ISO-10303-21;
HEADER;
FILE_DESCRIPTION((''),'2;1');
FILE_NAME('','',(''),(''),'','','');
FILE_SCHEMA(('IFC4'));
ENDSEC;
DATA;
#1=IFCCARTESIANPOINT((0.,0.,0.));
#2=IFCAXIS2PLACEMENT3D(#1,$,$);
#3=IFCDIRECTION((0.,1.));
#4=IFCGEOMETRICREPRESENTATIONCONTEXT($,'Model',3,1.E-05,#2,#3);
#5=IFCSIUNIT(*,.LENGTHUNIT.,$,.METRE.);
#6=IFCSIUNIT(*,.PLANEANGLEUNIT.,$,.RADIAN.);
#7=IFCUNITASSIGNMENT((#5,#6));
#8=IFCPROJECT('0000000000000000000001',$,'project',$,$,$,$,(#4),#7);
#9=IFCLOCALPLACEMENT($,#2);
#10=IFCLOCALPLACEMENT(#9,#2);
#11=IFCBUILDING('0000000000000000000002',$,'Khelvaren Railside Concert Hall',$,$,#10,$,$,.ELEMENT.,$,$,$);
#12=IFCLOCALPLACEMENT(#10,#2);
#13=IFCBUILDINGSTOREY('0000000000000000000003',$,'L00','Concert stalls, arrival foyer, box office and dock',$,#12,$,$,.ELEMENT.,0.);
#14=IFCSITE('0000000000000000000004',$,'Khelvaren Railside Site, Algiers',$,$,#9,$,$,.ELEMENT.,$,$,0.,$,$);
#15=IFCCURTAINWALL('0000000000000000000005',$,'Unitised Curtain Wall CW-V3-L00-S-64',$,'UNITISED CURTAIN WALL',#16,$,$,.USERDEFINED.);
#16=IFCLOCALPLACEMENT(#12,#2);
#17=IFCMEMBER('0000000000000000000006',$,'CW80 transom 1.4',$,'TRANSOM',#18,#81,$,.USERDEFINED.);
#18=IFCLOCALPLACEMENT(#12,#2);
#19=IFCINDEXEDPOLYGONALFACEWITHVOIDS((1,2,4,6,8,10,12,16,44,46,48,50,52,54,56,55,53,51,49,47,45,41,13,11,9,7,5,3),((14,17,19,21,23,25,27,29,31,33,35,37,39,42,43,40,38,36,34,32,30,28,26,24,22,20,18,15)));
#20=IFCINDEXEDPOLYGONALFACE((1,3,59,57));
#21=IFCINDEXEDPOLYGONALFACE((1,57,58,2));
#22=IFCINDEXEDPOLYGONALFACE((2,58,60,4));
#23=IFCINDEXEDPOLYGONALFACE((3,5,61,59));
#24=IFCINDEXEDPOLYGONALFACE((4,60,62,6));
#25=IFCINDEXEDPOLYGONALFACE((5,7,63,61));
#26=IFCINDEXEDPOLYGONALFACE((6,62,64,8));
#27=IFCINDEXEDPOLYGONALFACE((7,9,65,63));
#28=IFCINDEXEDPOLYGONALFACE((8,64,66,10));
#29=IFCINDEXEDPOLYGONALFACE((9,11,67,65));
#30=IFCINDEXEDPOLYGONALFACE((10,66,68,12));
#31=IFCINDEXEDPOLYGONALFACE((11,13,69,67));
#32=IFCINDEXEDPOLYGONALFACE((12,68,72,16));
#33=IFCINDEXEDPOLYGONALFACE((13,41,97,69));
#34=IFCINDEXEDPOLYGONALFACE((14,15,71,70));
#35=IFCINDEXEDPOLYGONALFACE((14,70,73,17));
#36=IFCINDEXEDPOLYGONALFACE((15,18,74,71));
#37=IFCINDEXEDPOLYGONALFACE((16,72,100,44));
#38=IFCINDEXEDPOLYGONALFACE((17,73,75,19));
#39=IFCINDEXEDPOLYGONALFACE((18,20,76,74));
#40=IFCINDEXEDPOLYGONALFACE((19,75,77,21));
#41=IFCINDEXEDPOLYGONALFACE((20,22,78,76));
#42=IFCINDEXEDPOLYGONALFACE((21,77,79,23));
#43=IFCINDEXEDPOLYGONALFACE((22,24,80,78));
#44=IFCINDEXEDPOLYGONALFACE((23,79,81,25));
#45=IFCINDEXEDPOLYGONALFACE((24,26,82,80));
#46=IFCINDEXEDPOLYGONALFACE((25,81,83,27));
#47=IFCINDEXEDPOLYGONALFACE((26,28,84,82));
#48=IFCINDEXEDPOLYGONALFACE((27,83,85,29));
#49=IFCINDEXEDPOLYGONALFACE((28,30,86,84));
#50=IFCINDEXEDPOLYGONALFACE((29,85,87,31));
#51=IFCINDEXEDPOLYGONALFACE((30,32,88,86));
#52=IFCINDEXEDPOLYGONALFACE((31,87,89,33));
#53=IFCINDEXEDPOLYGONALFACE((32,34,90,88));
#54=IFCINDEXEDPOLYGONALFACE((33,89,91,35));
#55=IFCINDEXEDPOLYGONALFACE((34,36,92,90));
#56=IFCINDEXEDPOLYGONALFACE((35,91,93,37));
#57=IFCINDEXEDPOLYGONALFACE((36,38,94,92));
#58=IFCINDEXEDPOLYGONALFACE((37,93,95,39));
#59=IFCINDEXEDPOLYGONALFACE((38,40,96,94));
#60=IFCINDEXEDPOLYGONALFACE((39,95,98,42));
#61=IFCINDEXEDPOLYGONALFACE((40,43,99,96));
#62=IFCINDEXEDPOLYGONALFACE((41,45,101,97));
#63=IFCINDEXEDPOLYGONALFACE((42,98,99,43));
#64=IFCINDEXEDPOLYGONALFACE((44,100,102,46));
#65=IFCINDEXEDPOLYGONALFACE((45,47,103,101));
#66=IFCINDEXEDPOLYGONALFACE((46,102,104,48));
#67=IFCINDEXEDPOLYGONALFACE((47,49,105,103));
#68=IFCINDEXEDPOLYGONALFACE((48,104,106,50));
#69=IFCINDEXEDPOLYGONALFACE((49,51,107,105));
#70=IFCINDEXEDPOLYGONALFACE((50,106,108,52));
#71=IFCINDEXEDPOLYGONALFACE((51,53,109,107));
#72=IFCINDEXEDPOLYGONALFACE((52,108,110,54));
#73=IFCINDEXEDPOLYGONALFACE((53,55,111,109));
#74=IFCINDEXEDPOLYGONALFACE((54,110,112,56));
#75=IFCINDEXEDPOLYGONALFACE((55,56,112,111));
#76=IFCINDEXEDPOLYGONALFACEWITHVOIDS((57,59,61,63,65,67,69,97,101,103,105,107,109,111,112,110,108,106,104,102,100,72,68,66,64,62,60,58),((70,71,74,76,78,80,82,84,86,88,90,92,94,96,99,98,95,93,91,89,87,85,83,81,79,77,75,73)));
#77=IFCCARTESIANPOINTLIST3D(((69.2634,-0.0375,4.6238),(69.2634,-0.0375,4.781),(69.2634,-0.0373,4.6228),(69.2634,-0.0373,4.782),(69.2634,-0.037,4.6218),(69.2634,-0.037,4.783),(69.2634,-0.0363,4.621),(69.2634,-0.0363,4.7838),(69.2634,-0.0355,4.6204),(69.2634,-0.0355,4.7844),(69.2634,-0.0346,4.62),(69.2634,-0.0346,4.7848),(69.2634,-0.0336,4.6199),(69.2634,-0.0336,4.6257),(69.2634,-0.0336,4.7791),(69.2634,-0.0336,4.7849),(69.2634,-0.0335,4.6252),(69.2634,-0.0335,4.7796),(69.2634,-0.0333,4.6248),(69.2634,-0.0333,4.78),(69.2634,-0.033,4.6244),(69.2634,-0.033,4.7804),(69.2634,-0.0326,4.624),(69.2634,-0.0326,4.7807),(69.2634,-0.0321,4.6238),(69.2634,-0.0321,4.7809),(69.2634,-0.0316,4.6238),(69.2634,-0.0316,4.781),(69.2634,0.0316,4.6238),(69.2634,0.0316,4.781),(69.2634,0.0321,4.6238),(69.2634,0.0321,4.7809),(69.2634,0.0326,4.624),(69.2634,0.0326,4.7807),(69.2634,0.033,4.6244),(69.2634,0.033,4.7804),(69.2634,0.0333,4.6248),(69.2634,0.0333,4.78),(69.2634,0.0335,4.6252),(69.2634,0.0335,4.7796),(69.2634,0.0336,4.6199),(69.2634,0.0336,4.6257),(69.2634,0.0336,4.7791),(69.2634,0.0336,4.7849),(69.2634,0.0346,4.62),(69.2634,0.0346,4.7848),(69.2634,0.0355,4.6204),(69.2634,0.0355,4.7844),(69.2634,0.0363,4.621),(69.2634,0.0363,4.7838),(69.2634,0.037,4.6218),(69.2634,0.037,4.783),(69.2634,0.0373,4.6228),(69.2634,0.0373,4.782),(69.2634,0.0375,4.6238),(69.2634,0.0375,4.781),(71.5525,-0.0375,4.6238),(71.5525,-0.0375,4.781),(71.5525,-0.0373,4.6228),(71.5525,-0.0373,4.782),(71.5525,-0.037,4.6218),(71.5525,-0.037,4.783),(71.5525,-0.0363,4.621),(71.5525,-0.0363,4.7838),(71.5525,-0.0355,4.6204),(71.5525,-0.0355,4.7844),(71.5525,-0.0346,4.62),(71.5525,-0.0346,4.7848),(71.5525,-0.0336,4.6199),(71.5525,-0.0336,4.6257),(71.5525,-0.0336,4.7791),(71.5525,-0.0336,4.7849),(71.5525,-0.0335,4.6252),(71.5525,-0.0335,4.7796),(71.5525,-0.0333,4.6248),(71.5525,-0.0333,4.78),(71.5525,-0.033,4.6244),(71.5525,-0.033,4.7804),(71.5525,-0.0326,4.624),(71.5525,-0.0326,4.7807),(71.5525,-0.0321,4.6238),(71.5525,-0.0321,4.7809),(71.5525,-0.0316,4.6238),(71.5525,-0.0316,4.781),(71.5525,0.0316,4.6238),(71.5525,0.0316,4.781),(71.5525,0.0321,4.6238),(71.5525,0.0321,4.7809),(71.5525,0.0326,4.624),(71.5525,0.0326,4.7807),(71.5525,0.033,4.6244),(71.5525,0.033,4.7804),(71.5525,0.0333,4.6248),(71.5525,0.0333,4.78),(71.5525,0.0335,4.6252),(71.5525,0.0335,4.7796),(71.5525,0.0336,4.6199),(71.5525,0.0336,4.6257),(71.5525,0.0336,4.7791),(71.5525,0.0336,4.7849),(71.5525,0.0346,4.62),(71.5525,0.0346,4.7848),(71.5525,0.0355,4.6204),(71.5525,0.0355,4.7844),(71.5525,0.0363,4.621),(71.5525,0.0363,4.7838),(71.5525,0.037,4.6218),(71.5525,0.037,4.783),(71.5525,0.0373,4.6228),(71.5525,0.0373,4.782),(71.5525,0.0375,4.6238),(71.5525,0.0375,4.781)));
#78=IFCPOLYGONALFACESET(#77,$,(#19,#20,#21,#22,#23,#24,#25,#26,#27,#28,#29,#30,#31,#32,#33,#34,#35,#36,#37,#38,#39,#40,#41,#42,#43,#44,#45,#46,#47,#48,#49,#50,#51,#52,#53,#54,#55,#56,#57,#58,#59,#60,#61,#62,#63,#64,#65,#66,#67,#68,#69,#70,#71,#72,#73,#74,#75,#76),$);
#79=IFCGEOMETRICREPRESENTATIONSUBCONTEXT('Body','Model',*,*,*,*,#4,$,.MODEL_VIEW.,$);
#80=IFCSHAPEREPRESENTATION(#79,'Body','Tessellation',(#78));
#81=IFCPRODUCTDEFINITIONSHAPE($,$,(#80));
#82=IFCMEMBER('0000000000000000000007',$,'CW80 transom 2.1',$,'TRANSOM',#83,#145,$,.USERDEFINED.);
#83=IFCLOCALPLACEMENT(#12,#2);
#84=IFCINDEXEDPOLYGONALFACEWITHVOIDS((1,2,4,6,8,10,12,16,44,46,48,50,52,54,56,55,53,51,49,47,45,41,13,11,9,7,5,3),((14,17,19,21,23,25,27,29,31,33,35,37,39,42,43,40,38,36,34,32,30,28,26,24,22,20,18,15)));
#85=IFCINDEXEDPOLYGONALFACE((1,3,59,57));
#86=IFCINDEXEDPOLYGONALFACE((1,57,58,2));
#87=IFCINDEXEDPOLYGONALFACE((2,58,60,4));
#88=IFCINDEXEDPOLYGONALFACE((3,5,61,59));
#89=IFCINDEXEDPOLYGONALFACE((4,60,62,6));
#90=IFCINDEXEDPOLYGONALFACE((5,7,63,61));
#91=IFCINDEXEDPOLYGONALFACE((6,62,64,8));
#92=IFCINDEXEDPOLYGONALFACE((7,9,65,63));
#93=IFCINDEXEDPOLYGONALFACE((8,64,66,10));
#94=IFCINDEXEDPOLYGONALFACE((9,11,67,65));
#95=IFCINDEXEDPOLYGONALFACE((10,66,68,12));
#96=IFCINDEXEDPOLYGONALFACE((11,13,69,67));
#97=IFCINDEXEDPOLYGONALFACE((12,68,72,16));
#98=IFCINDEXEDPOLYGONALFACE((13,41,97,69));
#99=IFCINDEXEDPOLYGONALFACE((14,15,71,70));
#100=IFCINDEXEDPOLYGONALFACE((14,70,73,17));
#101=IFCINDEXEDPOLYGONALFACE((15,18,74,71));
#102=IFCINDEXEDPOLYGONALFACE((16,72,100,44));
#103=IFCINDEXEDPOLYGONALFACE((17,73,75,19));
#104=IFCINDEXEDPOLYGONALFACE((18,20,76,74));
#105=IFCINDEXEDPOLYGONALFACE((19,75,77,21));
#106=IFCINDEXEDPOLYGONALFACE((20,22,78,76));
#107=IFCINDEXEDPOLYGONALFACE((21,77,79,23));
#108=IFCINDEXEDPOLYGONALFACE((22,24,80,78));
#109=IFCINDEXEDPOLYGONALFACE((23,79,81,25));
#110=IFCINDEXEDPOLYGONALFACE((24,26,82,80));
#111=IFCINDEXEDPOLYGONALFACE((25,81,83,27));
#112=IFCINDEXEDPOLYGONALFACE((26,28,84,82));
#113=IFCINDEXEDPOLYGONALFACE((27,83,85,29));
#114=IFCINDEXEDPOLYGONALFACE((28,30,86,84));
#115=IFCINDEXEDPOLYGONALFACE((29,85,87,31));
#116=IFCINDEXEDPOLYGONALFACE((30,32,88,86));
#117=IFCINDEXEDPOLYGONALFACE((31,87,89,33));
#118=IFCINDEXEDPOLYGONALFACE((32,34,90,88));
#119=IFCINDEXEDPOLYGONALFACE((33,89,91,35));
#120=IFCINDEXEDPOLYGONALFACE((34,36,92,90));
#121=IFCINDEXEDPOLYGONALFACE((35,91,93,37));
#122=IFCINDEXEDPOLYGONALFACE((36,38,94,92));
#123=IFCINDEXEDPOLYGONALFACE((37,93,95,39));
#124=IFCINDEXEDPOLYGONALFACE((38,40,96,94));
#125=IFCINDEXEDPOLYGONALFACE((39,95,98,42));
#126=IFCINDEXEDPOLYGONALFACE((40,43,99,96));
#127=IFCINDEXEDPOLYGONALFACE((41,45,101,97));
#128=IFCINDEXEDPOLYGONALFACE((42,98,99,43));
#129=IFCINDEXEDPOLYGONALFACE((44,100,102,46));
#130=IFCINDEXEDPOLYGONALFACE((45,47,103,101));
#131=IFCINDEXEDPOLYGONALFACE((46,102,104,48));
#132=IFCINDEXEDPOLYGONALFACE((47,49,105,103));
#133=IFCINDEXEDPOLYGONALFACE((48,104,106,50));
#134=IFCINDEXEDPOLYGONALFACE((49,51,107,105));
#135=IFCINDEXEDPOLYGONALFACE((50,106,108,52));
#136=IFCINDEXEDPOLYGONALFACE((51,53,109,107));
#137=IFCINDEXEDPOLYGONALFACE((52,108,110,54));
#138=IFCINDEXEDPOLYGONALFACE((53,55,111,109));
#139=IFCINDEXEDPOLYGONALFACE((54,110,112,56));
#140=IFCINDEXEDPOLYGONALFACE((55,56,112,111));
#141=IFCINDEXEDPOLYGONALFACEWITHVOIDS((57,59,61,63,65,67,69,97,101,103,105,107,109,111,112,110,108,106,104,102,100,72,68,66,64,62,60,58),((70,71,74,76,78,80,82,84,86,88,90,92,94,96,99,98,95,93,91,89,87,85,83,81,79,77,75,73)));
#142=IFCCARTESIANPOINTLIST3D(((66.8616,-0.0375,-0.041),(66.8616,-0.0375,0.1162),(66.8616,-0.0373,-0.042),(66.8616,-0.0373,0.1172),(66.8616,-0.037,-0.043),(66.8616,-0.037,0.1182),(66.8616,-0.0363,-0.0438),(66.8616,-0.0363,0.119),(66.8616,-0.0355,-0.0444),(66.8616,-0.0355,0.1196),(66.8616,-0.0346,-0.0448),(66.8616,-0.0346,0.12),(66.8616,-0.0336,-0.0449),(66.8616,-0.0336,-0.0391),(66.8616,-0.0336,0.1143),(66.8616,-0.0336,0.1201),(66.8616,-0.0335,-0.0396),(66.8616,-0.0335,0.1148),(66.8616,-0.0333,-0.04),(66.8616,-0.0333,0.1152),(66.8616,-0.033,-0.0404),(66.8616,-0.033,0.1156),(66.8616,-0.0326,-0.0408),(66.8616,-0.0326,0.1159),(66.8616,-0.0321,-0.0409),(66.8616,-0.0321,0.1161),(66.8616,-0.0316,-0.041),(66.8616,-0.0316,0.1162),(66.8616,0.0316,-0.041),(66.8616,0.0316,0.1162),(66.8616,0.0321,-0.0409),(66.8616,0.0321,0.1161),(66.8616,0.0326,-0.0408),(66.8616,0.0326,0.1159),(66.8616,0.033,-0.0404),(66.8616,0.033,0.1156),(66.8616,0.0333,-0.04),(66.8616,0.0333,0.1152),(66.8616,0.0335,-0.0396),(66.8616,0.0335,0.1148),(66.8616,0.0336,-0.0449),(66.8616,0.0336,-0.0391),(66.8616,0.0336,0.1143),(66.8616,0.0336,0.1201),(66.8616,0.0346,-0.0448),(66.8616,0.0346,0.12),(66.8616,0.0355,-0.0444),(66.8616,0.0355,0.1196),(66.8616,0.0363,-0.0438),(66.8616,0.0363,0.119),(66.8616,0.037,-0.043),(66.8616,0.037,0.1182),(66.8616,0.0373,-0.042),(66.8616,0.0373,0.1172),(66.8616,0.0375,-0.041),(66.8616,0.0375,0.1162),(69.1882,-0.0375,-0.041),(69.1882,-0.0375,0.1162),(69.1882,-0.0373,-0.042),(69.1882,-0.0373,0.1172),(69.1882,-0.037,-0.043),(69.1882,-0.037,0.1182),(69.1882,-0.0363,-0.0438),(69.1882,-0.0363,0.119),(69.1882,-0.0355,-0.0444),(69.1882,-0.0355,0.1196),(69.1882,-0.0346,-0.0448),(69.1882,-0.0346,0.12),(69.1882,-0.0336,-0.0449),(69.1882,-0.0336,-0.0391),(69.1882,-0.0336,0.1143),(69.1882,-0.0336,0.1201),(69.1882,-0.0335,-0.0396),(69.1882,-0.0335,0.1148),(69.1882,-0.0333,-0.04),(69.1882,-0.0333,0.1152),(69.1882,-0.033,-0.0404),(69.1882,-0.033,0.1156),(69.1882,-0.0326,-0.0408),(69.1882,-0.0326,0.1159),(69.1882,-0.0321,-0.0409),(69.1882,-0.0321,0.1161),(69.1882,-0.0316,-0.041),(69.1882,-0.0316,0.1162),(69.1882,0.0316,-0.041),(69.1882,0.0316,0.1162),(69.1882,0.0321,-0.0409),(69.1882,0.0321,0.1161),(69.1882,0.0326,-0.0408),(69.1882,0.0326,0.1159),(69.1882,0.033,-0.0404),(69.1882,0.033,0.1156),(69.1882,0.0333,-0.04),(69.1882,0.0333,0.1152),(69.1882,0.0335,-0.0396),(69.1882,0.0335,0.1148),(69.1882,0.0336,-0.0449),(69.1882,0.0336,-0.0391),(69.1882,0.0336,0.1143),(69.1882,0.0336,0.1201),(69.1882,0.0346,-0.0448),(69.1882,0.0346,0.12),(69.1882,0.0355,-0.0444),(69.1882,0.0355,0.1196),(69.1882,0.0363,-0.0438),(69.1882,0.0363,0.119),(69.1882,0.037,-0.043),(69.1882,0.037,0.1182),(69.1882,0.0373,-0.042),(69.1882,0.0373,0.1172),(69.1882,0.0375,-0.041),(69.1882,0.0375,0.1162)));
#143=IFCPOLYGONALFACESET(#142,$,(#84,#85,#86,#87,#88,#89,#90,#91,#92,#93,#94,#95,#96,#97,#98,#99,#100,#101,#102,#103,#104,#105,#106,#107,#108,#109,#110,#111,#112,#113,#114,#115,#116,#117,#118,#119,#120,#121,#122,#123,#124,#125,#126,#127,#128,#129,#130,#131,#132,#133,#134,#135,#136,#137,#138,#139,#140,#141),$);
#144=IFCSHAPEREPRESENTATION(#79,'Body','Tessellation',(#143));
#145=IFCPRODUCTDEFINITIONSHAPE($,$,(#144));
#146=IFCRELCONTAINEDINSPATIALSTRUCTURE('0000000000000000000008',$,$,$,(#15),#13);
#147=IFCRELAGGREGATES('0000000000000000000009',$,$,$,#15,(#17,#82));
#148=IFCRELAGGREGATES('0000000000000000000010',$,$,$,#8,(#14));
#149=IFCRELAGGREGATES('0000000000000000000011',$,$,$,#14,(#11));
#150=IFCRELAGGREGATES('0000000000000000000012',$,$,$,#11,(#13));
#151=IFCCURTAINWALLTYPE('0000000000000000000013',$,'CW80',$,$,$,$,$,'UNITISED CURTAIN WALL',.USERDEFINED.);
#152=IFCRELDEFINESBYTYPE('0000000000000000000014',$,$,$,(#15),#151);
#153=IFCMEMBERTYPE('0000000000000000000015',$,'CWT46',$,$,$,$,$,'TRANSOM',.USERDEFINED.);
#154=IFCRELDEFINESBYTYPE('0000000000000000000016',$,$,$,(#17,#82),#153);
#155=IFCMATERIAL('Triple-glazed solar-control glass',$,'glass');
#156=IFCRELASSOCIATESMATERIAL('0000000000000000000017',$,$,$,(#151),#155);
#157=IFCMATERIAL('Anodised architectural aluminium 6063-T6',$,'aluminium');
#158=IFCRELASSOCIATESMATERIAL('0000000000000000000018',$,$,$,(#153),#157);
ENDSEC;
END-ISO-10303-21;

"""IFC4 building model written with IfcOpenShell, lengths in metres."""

from ifc_helpers import new_model, si_unit, direction, frame, origin, origin_2d, place, context, subcontext, project, spatial, hollow_rectangle, extrude, material, material_profile, profile_set, type_object, element, aggregate, save


model = new_model("IFC4")

# Units and contexts
model_context = context("Model", 3, precision=1e-05, world=origin(), true_north=direction((0.0, 1.0)))
body_context = subcontext(model_context, "Body", "Model", "MODEL_VIEW")
ifc_project = project(units=[si_unit("LENGTHUNIT", "METRE"), si_unit("PLANEANGLEUNIT", "RADIAN")], contexts=[model_context])

# Site, building, storey
site_placement = place(None, origin())
site = spatial("IfcSite", under=ifc_project, at=site_placement, Name="Khelvaren Railside Site, Algiers", CompositionType="ELEMENT", RefElevation=0.0)
building_placement = place(site_placement, origin())
building = spatial("IfcBuilding", under=site, at=building_placement, Name="Khelvaren Railside Concert Hall", CompositionType="ELEMENT")
storey_placement = place(building_placement, origin())
storey = spatial("IfcBuildingStorey", under=building, at=storey_placement, Name="L00", Description="Concert stalls, arrival foyer, box office and dock", CompositionType="ELEMENT", Elevation=0.0)

# Curtain wall, members
ifc_material_1 = material(Name="Triple-glazed solar-control glass", Category="glass")
curtain_wall_type = type_object("IfcCurtainWallType", Name="CW80", ElementType="UNITISED CURTAIN WALL", PredefinedType="USERDEFINED", material=ifc_material_1)
curtain_wall_placement = place(storey_placement, origin())
curtain_wall = element("IfcCurtainWall", 1, at=curtain_wall_placement, inside=storey, type_object=curtain_wall_type, Name="Unitised Curtain Wall CW-V3-L00-S-64", ObjectType="UNITISED CURTAIN WALL", PredefinedType="USERDEFINED")
ifc_material_2 = material(Name="Anodised architectural aluminium 6063-T6", Category="aluminium")
ifc_material_profile_1 = material_profile(ifc_material_2, hollow_rectangle(XDim=0.075, YDim=0.165, WallThickness=0.0039, InnerFilletRadius=0.002, OuterFilletRadius=0.0039, at=origin_2d()), Name="CWT 75x165x4")
ifc_profile_set_1 = profile_set([ifc_material_profile_1], Name="Anodised architectural aluminium 6063-T6")
member_type_1 = type_object("IfcMemberType", Name="CWT46", ElementType="TRANSOM", PredefinedType="USERDEFINED", material=ifc_profile_set_1)
member_1_placement = place(storey_placement, frame((71.5525, 0.0, 4.7024), z_axis=(-1.0, 0.0, 0.0), x_axis=(0.0, -1.0, 0.0)))
member_1 = element("IfcMember", 2, at=member_1_placement, type_object=member_type_1, Name="CW80 transom 1.4", ObjectType="TRANSOM", PredefinedType="USERDEFINED", context=body_context, shape_type="SweptSolid", body=[
    extrude(hollow_rectangle(XDim=0.075, YDim=0.165, WallThickness=0.0039, InnerFilletRadius=0.002, OuterFilletRadius=0.0039, at=origin_2d()), origin(), (0.0, 0.0, 1.0), 2.2891),
])
member_2_placement = place(storey_placement, frame((69.1882, 0.0, 0.0376), z_axis=(-1.0, 0.0, 0.0), x_axis=(0.0, -1.0, 0.0)))
member_2 = element("IfcMember", 3, at=member_2_placement, type_object=member_type_1, Name="CW80 transom 2.1", ObjectType="TRANSOM", PredefinedType="USERDEFINED", context=body_context, shape_type="SweptSolid", body=[
    extrude(hollow_rectangle(XDim=0.075, YDim=0.165, WallThickness=0.0039, InnerFilletRadius=0.002, OuterFilletRadius=0.0039, at=origin_2d()), origin(), (0.0, 0.0, 1.0), 2.3267),
])

aggregate(curtain_wall, [member_1, member_2])

save(model, "model.ifc")
